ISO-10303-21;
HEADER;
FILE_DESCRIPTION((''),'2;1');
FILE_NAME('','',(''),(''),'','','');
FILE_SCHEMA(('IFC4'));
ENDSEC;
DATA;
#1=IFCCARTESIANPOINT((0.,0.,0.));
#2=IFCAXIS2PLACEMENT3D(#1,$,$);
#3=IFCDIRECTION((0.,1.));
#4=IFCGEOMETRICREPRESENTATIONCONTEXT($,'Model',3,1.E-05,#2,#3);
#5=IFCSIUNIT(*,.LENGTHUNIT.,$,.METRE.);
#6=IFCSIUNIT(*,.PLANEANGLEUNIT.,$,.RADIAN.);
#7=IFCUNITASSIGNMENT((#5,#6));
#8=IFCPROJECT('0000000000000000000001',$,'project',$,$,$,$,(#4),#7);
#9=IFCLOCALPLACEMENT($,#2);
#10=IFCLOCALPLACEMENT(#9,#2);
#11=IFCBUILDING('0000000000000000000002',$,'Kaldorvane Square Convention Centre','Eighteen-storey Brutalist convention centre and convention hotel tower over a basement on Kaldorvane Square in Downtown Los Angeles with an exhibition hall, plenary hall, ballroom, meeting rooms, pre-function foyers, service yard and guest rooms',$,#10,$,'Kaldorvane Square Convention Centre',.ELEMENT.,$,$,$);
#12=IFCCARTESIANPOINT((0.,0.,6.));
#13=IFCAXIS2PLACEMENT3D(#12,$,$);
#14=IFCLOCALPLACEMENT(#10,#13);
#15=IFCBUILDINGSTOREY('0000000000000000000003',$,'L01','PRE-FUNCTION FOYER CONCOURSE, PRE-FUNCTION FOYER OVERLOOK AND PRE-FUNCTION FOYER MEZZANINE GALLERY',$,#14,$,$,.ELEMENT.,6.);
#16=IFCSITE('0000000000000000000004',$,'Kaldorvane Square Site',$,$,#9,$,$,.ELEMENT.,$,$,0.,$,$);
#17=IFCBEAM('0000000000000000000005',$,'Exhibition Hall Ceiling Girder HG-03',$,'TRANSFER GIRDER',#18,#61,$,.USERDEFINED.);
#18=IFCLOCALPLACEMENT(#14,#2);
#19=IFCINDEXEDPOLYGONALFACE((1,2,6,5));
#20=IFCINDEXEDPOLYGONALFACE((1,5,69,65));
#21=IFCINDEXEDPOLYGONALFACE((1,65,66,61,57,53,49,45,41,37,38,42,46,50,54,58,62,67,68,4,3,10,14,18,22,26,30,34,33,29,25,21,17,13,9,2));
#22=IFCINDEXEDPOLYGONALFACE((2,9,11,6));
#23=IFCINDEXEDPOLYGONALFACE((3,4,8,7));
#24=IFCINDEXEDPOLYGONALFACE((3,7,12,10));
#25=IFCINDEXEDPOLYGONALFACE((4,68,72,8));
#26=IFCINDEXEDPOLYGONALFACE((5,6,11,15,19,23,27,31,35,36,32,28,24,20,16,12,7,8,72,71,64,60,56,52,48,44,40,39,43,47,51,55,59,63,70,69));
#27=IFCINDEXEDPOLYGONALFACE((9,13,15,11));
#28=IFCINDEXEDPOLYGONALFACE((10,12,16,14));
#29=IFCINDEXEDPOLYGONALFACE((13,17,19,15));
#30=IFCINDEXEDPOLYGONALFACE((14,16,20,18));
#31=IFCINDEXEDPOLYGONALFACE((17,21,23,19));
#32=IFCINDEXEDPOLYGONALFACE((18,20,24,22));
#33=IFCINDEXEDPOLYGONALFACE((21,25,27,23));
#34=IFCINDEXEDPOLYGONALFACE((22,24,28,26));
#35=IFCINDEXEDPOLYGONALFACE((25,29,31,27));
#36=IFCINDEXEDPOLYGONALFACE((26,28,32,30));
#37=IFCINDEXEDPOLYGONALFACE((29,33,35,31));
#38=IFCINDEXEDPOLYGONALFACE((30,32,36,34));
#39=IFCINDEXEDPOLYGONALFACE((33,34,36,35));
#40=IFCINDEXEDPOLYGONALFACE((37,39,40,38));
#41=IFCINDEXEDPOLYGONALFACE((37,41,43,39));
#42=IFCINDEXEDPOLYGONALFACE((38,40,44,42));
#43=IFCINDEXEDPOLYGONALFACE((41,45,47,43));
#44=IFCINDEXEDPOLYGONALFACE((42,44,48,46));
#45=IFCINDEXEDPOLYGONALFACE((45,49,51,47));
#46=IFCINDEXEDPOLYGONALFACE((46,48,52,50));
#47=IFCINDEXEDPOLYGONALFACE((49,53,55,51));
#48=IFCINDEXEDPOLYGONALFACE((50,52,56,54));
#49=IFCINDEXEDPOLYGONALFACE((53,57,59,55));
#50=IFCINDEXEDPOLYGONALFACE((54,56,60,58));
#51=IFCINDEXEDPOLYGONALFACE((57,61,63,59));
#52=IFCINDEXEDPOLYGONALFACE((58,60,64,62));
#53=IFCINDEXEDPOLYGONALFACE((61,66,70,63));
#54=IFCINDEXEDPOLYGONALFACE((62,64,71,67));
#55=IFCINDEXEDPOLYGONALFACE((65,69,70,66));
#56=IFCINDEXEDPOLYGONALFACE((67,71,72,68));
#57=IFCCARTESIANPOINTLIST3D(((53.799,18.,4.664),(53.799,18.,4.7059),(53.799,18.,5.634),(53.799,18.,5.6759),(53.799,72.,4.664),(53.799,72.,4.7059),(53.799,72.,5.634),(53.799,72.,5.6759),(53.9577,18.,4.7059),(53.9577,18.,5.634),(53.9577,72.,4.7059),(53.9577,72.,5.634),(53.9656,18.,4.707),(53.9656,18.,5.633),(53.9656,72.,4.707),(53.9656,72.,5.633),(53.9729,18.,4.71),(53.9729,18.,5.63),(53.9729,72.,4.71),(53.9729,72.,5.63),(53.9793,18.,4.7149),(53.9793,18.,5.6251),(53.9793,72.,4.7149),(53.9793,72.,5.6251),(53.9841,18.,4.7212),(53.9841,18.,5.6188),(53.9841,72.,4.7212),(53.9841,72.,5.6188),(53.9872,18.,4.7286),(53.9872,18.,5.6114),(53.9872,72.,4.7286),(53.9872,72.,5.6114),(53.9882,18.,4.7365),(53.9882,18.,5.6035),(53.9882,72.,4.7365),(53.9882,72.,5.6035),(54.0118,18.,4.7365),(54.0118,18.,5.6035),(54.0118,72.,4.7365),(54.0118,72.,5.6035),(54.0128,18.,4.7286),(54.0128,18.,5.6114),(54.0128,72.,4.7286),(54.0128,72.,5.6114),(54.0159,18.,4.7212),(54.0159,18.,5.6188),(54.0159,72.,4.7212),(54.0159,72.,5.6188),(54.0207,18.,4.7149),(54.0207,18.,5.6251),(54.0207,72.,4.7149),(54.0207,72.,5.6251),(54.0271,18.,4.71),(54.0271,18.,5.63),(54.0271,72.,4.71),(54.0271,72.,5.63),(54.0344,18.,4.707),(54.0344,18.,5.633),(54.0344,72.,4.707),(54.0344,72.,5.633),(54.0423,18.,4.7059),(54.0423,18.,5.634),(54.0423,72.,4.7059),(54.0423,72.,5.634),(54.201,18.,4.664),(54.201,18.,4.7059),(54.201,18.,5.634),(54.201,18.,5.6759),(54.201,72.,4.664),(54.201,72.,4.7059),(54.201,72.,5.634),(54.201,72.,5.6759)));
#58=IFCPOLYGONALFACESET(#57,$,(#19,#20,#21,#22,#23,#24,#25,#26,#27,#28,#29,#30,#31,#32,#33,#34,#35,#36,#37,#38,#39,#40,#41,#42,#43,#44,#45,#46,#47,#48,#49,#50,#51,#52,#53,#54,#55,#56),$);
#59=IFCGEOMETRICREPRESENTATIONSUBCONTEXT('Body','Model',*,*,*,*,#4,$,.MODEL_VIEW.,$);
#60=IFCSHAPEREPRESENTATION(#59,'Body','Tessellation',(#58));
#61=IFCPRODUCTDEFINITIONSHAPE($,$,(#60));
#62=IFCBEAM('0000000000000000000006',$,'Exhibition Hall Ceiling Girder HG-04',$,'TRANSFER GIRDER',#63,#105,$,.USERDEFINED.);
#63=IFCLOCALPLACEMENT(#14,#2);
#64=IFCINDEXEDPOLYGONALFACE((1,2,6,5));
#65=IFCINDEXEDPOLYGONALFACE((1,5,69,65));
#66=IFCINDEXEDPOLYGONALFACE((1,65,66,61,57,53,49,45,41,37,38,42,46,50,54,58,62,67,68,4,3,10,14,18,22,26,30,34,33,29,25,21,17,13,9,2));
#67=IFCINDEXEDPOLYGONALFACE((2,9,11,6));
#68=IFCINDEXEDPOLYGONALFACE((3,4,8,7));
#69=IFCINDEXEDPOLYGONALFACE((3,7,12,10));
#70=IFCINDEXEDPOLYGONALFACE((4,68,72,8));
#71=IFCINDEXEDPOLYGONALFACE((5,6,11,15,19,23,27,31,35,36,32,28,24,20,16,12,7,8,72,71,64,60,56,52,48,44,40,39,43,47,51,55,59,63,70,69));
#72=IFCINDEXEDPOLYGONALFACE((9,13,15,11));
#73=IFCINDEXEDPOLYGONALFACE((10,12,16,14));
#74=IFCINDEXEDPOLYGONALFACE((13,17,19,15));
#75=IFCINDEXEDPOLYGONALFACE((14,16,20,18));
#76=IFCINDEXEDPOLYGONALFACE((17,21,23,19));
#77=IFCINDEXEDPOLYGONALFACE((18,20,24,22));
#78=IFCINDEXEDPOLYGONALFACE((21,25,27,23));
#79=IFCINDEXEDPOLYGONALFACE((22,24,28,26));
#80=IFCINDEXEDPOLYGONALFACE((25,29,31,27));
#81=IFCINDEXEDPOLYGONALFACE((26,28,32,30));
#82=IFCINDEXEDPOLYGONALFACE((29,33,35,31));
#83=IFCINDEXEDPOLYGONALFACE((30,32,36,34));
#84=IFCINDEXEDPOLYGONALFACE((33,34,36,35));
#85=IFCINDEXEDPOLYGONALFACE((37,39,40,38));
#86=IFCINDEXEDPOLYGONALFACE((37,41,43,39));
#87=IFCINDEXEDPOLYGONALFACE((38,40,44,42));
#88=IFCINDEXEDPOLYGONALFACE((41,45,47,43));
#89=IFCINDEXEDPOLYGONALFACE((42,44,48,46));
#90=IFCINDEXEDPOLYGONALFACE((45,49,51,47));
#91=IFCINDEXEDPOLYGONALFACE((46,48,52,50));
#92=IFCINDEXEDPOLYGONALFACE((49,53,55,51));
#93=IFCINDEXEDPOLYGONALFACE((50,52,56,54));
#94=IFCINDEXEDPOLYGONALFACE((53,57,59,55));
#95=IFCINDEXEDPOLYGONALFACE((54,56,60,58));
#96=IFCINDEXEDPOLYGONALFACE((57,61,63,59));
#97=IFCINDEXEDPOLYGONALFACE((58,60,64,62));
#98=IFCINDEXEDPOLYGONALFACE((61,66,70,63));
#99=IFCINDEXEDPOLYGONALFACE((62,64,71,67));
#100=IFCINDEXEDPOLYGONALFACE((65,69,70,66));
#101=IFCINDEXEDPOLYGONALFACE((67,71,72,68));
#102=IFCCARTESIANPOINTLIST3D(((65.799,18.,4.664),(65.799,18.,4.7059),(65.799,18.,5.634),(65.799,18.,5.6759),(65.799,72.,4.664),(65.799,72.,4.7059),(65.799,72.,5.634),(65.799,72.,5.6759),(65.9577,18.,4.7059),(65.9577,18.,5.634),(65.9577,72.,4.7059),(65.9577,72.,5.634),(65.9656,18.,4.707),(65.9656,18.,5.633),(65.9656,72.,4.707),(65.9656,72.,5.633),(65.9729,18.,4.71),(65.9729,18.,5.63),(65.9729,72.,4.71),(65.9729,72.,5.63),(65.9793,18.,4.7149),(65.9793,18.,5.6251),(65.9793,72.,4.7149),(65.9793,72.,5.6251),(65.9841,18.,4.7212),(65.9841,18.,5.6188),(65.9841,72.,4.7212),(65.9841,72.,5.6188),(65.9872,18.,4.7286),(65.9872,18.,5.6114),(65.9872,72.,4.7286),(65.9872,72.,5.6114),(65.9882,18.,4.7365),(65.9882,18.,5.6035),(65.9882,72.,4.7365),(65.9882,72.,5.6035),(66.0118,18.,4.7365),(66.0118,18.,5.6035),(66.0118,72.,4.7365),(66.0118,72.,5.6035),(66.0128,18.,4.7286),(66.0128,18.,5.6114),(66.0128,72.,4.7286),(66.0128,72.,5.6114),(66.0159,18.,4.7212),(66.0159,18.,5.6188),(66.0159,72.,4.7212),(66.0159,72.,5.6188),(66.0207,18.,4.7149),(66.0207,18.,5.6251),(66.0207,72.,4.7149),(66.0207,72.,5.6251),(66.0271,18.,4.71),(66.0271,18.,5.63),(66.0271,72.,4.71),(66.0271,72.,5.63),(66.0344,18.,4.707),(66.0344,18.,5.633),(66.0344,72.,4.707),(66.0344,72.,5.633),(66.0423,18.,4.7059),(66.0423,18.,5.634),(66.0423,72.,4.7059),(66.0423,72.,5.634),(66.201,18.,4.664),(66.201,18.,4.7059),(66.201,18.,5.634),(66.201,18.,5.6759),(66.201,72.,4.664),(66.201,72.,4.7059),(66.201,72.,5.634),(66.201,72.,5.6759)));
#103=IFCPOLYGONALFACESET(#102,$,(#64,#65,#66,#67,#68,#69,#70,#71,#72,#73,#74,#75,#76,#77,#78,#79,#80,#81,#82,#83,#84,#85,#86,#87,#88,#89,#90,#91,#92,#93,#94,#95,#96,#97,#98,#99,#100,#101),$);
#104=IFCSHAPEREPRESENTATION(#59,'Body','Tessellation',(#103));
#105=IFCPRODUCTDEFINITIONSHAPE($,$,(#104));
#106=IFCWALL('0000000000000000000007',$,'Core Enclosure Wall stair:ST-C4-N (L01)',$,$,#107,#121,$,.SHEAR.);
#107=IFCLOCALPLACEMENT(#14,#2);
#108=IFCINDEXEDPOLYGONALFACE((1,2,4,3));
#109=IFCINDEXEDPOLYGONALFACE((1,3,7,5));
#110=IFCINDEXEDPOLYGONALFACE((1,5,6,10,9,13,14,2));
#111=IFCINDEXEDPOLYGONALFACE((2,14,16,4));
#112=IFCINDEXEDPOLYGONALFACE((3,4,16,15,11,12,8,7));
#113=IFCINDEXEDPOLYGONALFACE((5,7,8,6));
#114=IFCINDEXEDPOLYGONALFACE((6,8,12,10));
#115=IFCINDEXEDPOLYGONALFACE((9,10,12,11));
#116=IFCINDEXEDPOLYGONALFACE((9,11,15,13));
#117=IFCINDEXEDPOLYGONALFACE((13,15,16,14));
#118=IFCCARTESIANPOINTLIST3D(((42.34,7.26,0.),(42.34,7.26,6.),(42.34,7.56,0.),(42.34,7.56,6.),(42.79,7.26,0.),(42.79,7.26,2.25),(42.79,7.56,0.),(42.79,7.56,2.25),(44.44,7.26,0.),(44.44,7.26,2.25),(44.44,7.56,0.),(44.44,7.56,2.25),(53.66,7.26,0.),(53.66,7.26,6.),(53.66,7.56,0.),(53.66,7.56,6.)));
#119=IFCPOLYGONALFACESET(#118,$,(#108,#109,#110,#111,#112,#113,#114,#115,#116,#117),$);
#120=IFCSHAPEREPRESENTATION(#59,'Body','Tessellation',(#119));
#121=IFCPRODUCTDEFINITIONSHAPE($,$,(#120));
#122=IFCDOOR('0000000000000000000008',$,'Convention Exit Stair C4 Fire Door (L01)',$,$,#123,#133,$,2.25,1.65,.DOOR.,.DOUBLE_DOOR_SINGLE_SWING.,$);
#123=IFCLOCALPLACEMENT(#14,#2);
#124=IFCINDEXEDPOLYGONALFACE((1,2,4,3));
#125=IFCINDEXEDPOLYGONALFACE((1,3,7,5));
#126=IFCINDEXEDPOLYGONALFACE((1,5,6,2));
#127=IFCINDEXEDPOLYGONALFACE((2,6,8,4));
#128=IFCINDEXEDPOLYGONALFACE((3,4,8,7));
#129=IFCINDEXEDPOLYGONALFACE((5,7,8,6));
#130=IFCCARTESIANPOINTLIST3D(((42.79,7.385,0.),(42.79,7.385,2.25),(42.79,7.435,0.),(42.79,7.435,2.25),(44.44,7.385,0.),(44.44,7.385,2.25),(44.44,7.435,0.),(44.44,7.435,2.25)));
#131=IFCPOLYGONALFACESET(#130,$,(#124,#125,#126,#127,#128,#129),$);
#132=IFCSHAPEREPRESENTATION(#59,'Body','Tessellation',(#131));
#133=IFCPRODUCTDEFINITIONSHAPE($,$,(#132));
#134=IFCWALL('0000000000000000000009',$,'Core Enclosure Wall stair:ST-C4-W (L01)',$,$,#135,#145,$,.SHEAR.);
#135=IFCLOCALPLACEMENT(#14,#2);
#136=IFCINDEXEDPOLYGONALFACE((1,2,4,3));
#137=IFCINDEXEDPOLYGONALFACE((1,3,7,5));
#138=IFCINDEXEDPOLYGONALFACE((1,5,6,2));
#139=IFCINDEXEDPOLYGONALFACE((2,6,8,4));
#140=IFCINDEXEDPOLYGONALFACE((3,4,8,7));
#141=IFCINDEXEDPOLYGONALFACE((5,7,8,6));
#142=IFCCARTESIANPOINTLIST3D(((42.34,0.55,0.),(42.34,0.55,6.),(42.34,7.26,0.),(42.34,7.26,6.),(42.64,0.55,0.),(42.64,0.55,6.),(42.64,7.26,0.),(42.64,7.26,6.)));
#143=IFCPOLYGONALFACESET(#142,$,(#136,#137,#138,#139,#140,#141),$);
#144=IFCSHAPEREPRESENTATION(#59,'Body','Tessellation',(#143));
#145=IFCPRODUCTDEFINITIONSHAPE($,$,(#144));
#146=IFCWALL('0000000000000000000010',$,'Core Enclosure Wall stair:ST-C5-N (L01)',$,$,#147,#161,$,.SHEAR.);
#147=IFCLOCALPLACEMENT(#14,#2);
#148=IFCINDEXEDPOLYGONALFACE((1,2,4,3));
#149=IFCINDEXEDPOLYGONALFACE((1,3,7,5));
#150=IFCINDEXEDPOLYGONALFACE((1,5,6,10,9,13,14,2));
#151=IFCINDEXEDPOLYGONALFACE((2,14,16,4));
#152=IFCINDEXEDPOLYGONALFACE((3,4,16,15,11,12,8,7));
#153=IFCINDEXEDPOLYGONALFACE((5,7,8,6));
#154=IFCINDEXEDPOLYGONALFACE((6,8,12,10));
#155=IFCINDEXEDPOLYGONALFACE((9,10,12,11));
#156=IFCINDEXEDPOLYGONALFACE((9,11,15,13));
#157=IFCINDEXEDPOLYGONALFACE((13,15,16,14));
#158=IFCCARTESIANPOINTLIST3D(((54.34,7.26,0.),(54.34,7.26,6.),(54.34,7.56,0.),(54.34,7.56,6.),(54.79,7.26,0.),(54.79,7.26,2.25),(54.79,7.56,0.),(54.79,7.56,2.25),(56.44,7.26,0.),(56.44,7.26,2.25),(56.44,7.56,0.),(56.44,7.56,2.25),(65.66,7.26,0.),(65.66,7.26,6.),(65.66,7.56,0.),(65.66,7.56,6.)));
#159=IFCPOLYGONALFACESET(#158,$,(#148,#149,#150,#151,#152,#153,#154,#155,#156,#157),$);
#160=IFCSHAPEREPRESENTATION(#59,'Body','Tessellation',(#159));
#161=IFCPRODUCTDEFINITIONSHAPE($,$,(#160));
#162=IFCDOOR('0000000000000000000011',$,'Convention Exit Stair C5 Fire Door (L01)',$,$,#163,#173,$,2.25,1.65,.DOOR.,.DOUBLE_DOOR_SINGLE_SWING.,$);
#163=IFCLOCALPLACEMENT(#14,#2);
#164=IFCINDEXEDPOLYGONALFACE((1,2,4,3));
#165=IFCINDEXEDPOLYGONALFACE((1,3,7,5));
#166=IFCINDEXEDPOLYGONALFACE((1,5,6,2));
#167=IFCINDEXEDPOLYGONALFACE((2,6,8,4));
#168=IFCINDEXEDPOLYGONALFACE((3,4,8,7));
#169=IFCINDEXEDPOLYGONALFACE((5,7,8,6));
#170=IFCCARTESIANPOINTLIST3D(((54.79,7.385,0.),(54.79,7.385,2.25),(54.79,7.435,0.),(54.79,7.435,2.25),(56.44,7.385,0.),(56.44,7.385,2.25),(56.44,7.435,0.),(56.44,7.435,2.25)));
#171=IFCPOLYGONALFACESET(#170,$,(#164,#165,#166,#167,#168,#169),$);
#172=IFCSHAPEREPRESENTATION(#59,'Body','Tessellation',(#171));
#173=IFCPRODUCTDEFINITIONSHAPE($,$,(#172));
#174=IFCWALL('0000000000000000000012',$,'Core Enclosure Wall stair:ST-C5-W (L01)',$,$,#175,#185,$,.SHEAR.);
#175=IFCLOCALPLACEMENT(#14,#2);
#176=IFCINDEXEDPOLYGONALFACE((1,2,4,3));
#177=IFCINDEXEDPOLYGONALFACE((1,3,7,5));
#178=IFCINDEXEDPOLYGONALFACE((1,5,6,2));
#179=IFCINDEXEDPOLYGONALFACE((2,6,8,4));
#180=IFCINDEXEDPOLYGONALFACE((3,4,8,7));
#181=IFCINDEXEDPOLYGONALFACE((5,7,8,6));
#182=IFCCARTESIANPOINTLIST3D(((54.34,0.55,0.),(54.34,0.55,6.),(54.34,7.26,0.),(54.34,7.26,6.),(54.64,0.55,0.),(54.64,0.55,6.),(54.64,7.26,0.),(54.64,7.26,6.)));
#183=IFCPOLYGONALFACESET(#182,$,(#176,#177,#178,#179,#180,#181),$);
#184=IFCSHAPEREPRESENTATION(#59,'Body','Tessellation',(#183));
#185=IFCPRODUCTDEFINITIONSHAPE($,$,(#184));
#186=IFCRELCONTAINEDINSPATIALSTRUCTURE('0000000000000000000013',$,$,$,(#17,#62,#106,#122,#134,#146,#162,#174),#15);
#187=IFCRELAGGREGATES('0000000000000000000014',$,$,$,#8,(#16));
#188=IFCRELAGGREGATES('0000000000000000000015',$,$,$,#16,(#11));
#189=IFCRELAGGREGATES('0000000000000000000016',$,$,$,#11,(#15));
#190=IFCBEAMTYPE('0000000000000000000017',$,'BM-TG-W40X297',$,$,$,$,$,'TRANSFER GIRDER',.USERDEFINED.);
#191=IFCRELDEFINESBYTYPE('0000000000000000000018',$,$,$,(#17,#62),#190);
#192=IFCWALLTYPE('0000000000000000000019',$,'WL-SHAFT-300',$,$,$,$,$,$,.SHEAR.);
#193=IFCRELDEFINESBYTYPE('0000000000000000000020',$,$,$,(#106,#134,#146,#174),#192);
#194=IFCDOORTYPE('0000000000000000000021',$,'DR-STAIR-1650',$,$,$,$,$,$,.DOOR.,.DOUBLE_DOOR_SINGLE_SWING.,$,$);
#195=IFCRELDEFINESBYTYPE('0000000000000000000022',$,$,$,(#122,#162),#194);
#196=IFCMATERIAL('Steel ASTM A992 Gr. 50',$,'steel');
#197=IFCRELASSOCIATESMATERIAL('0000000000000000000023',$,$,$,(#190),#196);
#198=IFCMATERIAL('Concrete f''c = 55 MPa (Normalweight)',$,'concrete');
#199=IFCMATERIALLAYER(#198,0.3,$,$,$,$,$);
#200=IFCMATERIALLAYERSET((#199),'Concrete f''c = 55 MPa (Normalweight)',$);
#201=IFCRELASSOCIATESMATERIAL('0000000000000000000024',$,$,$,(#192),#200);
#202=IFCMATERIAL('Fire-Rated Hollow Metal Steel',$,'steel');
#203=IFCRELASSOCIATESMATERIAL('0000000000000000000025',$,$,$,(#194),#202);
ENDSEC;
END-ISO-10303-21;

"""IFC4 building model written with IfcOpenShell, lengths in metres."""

from ifc_helpers import new_model, si_unit, direction, frame, frame_2d, origin, origin_2d, place, context, subcontext, project, spatial, rectangle, i_section, extrude, material, layer, layer_set, material_profile, profile_set, type_object, element, fill, save


model = new_model("IFC4")

# Units and contexts
model_context = context("Model", 3, precision=1e-05, world=origin(), true_north=direction((0.0, 1.0)))
body_context = subcontext(model_context, "Body", "Model", "MODEL_VIEW")
ifc_project = project(units=[si_unit("LENGTHUNIT", "METRE"), si_unit("PLANEANGLEUNIT", "RADIAN")], contexts=[model_context])

# Site, building, storey
site_placement = place(None, origin())
site = spatial("IfcSite", under=ifc_project, at=site_placement, Name="Kaldorvane Square Site", CompositionType="ELEMENT", RefElevation=0.0)
building_placement = place(site_placement, origin())
building = spatial("IfcBuilding", under=site, at=building_placement, Name="Kaldorvane Square Convention Centre", Description="Eighteen-storey Brutalist convention centre and convention hotel tower over a basement on Kaldorvane Square in Downtown Los Angeles with an exhibition hall, plenary hall, ballroom, meeting rooms, pre-function foyers, service yard and guest rooms", LongName="Kaldorvane Square Convention Centre", CompositionType="ELEMENT")
storey_placement = place(building_placement, frame((0.0, 0.0, 6.0)))
storey = spatial("IfcBuildingStorey", under=building, at=storey_placement, Name="L01", Description="PRE-FUNCTION FOYER CONCOURSE, PRE-FUNCTION FOYER OVERLOOK AND PRE-FUNCTION FOYER MEZZANINE GALLERY", CompositionType="ELEMENT", Elevation=6.0)

# Shared definitions
ifc_material_1 = material(Name="Concrete f'c = 55 MPa (Normalweight)", Category="concrete")
ifc_material_2 = material(Name="Steel ASTM A992 Gr. 50", Category="steel")

# Beams
ifc_material_profile_1 = material_profile(ifc_material_2, i_section(OverallWidth=0.4019, OverallDepth=1.0119, WebThickness=0.0236, FlangeThickness=0.0419, FilletRadius=0.0305, at=origin_2d()), Name="W40X297")
ifc_profile_set_1 = profile_set([ifc_material_profile_1], Name="Steel ASTM A992 Gr. 50")
beam_type_1 = type_object("IfcBeamType", Name="BM-TG-W40X297", ElementType="TRANSFER GIRDER", PredefinedType="USERDEFINED", material=ifc_profile_set_1)
for number, where, z_axis, x_axis, name in (
    (1, (54.0, 18.0, 5.17), (0.0, 1.0, 0.0), (-1.0, 0.0, 0.0), "Exhibition Hall Ceiling Girder HG-03"),
    (2, (66.0, 18.0, 5.17), (0.0, 1.0, 0.0), (-1.0, 0.0, 0.0), "Exhibition Hall Ceiling Girder HG-04"),
):
    element("IfcBeam", number, at=place(storey_placement, frame(where, z_axis=z_axis, x_axis=x_axis)), inside=storey, type_object=beam_type_1, Name=name, ObjectType="TRANSFER GIRDER", PredefinedType="USERDEFINED", context=body_context, shape_type="SweptSolid", body=[
        extrude(i_section(OverallWidth=0.4019, OverallDepth=1.0119, WebThickness=0.0236, FlangeThickness=0.0419, FilletRadius=0.0305, at=origin_2d()), origin(), (0.0, 0.0, 1.0), 54.0),
    ])

# Wall, opening, door
ifc_layer = layer(ifc_material_1, 0.3)
ifc_layer_set = layer_set([ifc_layer], Name="Concrete f'c = 55 MPa (Normalweight)")
wall_type = type_object("IfcWallType", Name="WL-SHAFT-300", PredefinedType="SHEAR", material=ifc_layer_set)
wall_1_placement = place(storey_placement, frame((53.66, 7.41, 0.0), z_axis=(0.0, 0.0, 1.0), x_axis=(-1.0, 0.0, 0.0)))
wall_1 = element("IfcWall", 3, at=wall_1_placement, inside=storey, type_object=wall_type, Name="Core Enclosure Wall stair:ST-C4-N (L01)", PredefinedType="SHEAR", context=body_context, shape_type="SweptSolid", body=[
    extrude(rectangle(XDim=11.32, YDim=0.3, at=frame_2d((5.66, 0.0))), origin(), (0.0, 0.0, 1.0), 6.0),
])
opening_1_placement = place(wall_1_placement, frame((9.22, 0.0, 0.0)))
opening_1 = element("IfcOpeningElement", 4, at=opening_1_placement, cuts=wall_1, PredefinedType="OPENING", context=body_context, shape_type="SweptSolid", body=[
    extrude(rectangle(XDim=1.65, YDim=2.25, at=frame_2d((0.825, 1.125))), frame((0.0, 0.165, 0.0), z_axis=(0.0, -1.0, 0.0), x_axis=(1.0, 0.0, 0.0)), (0.0, 0.0, 1.0), 0.33),
])
ifc_material_3 = material(Name="Fire-Rated Hollow Metal Steel", Category="steel")
door_type = type_object("IfcDoorType", Name="DR-STAIR-1650", OperationType="DOUBLE_DOOR_SINGLE_SWING", PredefinedType="DOOR", material=ifc_material_3)
door_1_placement = place(opening_1_placement, origin())
door_1 = element("IfcDoor", 5, at=door_1_placement, inside=storey, type_object=door_type, Name="Convention Exit Stair C4 Fire Door (L01)", OperationType="DOUBLE_DOOR_SINGLE_SWING", OverallHeight=2.25, OverallWidth=1.65, PredefinedType="DOOR", context=body_context, shape_type="SweptSolid", body=[
    extrude(rectangle(XDim=1.65, YDim=2.25, at=frame_2d((0.825, 1.125))), frame((0.0, 0.025, 0.0), z_axis=(0.0, -1.0, 0.0), x_axis=(1.0, 0.0, 0.0)), (0.0, 0.0, 1.0), 0.05),
])
fill(opening_1, door_1)

# Wall
wall_2_placement = place(storey_placement, frame((42.49, 7.26, 0.0), z_axis=(0.0, 0.0, 1.0), x_axis=(0.0, -1.0, 0.0)))
element("IfcWall", 6, at=wall_2_placement, inside=storey, type_object=wall_type, Name="Core Enclosure Wall stair:ST-C4-W (L01)", PredefinedType="SHEAR", context=body_context, shape_type="SweptSolid", body=[
    extrude(rectangle(XDim=6.71, YDim=0.3, at=frame_2d((3.355, 0.0))), origin(), (0.0, 0.0, 1.0), 6.0),
])

# Wall, opening, door
wall_3_placement = place(storey_placement, frame((65.66, 7.41, 0.0), z_axis=(0.0, 0.0, 1.0), x_axis=(-1.0, 0.0, 0.0)))
wall_3 = element("IfcWall", 7, at=wall_3_placement, inside=storey, type_object=wall_type, Name="Core Enclosure Wall stair:ST-C5-N (L01)", PredefinedType="SHEAR", context=body_context, shape_type="SweptSolid", body=[
    extrude(rectangle(XDim=11.32, YDim=0.3, at=frame_2d((5.66, 0.0))), origin(), (0.0, 0.0, 1.0), 6.0),
])
opening_2_placement = place(wall_3_placement, frame((9.22, 0.0, 0.0)))
opening_2 = element("IfcOpeningElement", 8, at=opening_2_placement, cuts=wall_3, PredefinedType="OPENING", context=body_context, shape_type="SweptSolid", body=[
    extrude(rectangle(XDim=1.65, YDim=2.25, at=frame_2d((0.825, 1.125))), frame((0.0, 0.165, 0.0), z_axis=(0.0, -1.0, 0.0), x_axis=(1.0, 0.0, 0.0)), (0.0, 0.0, 1.0), 0.33),
])
door_2_placement = place(opening_2_placement, origin())
door_2 = element("IfcDoor", 9, at=door_2_placement, inside=storey, type_object=door_type, Name="Convention Exit Stair C5 Fire Door (L01)", OperationType="DOUBLE_DOOR_SINGLE_SWING", OverallHeight=2.25, OverallWidth=1.65, PredefinedType="DOOR", context=body_context, shape_type="SweptSolid", body=[
    extrude(rectangle(XDim=1.65, YDim=2.25, at=frame_2d((0.825, 1.125))), frame((0.0, 0.025, 0.0), z_axis=(0.0, -1.0, 0.0), x_axis=(1.0, 0.0, 0.0)), (0.0, 0.0, 1.0), 0.05),
])
fill(opening_2, door_2)

# Wall
wall_4_placement = place(storey_placement, frame((54.49, 7.26, 0.0), z_axis=(0.0, 0.0, 1.0), x_axis=(0.0, -1.0, 0.0)))
element("IfcWall", 10, at=wall_4_placement, inside=storey, type_object=wall_type, Name="Core Enclosure Wall stair:ST-C5-W (L01)", PredefinedType="SHEAR", context=body_context, shape_type="SweptSolid", body=[
    extrude(rectangle(XDim=6.71, YDim=0.3, at=frame_2d((3.355, 0.0))), origin(), (0.0, 0.0, 1.0), 6.0),
])

save(model, "model.ifc")
